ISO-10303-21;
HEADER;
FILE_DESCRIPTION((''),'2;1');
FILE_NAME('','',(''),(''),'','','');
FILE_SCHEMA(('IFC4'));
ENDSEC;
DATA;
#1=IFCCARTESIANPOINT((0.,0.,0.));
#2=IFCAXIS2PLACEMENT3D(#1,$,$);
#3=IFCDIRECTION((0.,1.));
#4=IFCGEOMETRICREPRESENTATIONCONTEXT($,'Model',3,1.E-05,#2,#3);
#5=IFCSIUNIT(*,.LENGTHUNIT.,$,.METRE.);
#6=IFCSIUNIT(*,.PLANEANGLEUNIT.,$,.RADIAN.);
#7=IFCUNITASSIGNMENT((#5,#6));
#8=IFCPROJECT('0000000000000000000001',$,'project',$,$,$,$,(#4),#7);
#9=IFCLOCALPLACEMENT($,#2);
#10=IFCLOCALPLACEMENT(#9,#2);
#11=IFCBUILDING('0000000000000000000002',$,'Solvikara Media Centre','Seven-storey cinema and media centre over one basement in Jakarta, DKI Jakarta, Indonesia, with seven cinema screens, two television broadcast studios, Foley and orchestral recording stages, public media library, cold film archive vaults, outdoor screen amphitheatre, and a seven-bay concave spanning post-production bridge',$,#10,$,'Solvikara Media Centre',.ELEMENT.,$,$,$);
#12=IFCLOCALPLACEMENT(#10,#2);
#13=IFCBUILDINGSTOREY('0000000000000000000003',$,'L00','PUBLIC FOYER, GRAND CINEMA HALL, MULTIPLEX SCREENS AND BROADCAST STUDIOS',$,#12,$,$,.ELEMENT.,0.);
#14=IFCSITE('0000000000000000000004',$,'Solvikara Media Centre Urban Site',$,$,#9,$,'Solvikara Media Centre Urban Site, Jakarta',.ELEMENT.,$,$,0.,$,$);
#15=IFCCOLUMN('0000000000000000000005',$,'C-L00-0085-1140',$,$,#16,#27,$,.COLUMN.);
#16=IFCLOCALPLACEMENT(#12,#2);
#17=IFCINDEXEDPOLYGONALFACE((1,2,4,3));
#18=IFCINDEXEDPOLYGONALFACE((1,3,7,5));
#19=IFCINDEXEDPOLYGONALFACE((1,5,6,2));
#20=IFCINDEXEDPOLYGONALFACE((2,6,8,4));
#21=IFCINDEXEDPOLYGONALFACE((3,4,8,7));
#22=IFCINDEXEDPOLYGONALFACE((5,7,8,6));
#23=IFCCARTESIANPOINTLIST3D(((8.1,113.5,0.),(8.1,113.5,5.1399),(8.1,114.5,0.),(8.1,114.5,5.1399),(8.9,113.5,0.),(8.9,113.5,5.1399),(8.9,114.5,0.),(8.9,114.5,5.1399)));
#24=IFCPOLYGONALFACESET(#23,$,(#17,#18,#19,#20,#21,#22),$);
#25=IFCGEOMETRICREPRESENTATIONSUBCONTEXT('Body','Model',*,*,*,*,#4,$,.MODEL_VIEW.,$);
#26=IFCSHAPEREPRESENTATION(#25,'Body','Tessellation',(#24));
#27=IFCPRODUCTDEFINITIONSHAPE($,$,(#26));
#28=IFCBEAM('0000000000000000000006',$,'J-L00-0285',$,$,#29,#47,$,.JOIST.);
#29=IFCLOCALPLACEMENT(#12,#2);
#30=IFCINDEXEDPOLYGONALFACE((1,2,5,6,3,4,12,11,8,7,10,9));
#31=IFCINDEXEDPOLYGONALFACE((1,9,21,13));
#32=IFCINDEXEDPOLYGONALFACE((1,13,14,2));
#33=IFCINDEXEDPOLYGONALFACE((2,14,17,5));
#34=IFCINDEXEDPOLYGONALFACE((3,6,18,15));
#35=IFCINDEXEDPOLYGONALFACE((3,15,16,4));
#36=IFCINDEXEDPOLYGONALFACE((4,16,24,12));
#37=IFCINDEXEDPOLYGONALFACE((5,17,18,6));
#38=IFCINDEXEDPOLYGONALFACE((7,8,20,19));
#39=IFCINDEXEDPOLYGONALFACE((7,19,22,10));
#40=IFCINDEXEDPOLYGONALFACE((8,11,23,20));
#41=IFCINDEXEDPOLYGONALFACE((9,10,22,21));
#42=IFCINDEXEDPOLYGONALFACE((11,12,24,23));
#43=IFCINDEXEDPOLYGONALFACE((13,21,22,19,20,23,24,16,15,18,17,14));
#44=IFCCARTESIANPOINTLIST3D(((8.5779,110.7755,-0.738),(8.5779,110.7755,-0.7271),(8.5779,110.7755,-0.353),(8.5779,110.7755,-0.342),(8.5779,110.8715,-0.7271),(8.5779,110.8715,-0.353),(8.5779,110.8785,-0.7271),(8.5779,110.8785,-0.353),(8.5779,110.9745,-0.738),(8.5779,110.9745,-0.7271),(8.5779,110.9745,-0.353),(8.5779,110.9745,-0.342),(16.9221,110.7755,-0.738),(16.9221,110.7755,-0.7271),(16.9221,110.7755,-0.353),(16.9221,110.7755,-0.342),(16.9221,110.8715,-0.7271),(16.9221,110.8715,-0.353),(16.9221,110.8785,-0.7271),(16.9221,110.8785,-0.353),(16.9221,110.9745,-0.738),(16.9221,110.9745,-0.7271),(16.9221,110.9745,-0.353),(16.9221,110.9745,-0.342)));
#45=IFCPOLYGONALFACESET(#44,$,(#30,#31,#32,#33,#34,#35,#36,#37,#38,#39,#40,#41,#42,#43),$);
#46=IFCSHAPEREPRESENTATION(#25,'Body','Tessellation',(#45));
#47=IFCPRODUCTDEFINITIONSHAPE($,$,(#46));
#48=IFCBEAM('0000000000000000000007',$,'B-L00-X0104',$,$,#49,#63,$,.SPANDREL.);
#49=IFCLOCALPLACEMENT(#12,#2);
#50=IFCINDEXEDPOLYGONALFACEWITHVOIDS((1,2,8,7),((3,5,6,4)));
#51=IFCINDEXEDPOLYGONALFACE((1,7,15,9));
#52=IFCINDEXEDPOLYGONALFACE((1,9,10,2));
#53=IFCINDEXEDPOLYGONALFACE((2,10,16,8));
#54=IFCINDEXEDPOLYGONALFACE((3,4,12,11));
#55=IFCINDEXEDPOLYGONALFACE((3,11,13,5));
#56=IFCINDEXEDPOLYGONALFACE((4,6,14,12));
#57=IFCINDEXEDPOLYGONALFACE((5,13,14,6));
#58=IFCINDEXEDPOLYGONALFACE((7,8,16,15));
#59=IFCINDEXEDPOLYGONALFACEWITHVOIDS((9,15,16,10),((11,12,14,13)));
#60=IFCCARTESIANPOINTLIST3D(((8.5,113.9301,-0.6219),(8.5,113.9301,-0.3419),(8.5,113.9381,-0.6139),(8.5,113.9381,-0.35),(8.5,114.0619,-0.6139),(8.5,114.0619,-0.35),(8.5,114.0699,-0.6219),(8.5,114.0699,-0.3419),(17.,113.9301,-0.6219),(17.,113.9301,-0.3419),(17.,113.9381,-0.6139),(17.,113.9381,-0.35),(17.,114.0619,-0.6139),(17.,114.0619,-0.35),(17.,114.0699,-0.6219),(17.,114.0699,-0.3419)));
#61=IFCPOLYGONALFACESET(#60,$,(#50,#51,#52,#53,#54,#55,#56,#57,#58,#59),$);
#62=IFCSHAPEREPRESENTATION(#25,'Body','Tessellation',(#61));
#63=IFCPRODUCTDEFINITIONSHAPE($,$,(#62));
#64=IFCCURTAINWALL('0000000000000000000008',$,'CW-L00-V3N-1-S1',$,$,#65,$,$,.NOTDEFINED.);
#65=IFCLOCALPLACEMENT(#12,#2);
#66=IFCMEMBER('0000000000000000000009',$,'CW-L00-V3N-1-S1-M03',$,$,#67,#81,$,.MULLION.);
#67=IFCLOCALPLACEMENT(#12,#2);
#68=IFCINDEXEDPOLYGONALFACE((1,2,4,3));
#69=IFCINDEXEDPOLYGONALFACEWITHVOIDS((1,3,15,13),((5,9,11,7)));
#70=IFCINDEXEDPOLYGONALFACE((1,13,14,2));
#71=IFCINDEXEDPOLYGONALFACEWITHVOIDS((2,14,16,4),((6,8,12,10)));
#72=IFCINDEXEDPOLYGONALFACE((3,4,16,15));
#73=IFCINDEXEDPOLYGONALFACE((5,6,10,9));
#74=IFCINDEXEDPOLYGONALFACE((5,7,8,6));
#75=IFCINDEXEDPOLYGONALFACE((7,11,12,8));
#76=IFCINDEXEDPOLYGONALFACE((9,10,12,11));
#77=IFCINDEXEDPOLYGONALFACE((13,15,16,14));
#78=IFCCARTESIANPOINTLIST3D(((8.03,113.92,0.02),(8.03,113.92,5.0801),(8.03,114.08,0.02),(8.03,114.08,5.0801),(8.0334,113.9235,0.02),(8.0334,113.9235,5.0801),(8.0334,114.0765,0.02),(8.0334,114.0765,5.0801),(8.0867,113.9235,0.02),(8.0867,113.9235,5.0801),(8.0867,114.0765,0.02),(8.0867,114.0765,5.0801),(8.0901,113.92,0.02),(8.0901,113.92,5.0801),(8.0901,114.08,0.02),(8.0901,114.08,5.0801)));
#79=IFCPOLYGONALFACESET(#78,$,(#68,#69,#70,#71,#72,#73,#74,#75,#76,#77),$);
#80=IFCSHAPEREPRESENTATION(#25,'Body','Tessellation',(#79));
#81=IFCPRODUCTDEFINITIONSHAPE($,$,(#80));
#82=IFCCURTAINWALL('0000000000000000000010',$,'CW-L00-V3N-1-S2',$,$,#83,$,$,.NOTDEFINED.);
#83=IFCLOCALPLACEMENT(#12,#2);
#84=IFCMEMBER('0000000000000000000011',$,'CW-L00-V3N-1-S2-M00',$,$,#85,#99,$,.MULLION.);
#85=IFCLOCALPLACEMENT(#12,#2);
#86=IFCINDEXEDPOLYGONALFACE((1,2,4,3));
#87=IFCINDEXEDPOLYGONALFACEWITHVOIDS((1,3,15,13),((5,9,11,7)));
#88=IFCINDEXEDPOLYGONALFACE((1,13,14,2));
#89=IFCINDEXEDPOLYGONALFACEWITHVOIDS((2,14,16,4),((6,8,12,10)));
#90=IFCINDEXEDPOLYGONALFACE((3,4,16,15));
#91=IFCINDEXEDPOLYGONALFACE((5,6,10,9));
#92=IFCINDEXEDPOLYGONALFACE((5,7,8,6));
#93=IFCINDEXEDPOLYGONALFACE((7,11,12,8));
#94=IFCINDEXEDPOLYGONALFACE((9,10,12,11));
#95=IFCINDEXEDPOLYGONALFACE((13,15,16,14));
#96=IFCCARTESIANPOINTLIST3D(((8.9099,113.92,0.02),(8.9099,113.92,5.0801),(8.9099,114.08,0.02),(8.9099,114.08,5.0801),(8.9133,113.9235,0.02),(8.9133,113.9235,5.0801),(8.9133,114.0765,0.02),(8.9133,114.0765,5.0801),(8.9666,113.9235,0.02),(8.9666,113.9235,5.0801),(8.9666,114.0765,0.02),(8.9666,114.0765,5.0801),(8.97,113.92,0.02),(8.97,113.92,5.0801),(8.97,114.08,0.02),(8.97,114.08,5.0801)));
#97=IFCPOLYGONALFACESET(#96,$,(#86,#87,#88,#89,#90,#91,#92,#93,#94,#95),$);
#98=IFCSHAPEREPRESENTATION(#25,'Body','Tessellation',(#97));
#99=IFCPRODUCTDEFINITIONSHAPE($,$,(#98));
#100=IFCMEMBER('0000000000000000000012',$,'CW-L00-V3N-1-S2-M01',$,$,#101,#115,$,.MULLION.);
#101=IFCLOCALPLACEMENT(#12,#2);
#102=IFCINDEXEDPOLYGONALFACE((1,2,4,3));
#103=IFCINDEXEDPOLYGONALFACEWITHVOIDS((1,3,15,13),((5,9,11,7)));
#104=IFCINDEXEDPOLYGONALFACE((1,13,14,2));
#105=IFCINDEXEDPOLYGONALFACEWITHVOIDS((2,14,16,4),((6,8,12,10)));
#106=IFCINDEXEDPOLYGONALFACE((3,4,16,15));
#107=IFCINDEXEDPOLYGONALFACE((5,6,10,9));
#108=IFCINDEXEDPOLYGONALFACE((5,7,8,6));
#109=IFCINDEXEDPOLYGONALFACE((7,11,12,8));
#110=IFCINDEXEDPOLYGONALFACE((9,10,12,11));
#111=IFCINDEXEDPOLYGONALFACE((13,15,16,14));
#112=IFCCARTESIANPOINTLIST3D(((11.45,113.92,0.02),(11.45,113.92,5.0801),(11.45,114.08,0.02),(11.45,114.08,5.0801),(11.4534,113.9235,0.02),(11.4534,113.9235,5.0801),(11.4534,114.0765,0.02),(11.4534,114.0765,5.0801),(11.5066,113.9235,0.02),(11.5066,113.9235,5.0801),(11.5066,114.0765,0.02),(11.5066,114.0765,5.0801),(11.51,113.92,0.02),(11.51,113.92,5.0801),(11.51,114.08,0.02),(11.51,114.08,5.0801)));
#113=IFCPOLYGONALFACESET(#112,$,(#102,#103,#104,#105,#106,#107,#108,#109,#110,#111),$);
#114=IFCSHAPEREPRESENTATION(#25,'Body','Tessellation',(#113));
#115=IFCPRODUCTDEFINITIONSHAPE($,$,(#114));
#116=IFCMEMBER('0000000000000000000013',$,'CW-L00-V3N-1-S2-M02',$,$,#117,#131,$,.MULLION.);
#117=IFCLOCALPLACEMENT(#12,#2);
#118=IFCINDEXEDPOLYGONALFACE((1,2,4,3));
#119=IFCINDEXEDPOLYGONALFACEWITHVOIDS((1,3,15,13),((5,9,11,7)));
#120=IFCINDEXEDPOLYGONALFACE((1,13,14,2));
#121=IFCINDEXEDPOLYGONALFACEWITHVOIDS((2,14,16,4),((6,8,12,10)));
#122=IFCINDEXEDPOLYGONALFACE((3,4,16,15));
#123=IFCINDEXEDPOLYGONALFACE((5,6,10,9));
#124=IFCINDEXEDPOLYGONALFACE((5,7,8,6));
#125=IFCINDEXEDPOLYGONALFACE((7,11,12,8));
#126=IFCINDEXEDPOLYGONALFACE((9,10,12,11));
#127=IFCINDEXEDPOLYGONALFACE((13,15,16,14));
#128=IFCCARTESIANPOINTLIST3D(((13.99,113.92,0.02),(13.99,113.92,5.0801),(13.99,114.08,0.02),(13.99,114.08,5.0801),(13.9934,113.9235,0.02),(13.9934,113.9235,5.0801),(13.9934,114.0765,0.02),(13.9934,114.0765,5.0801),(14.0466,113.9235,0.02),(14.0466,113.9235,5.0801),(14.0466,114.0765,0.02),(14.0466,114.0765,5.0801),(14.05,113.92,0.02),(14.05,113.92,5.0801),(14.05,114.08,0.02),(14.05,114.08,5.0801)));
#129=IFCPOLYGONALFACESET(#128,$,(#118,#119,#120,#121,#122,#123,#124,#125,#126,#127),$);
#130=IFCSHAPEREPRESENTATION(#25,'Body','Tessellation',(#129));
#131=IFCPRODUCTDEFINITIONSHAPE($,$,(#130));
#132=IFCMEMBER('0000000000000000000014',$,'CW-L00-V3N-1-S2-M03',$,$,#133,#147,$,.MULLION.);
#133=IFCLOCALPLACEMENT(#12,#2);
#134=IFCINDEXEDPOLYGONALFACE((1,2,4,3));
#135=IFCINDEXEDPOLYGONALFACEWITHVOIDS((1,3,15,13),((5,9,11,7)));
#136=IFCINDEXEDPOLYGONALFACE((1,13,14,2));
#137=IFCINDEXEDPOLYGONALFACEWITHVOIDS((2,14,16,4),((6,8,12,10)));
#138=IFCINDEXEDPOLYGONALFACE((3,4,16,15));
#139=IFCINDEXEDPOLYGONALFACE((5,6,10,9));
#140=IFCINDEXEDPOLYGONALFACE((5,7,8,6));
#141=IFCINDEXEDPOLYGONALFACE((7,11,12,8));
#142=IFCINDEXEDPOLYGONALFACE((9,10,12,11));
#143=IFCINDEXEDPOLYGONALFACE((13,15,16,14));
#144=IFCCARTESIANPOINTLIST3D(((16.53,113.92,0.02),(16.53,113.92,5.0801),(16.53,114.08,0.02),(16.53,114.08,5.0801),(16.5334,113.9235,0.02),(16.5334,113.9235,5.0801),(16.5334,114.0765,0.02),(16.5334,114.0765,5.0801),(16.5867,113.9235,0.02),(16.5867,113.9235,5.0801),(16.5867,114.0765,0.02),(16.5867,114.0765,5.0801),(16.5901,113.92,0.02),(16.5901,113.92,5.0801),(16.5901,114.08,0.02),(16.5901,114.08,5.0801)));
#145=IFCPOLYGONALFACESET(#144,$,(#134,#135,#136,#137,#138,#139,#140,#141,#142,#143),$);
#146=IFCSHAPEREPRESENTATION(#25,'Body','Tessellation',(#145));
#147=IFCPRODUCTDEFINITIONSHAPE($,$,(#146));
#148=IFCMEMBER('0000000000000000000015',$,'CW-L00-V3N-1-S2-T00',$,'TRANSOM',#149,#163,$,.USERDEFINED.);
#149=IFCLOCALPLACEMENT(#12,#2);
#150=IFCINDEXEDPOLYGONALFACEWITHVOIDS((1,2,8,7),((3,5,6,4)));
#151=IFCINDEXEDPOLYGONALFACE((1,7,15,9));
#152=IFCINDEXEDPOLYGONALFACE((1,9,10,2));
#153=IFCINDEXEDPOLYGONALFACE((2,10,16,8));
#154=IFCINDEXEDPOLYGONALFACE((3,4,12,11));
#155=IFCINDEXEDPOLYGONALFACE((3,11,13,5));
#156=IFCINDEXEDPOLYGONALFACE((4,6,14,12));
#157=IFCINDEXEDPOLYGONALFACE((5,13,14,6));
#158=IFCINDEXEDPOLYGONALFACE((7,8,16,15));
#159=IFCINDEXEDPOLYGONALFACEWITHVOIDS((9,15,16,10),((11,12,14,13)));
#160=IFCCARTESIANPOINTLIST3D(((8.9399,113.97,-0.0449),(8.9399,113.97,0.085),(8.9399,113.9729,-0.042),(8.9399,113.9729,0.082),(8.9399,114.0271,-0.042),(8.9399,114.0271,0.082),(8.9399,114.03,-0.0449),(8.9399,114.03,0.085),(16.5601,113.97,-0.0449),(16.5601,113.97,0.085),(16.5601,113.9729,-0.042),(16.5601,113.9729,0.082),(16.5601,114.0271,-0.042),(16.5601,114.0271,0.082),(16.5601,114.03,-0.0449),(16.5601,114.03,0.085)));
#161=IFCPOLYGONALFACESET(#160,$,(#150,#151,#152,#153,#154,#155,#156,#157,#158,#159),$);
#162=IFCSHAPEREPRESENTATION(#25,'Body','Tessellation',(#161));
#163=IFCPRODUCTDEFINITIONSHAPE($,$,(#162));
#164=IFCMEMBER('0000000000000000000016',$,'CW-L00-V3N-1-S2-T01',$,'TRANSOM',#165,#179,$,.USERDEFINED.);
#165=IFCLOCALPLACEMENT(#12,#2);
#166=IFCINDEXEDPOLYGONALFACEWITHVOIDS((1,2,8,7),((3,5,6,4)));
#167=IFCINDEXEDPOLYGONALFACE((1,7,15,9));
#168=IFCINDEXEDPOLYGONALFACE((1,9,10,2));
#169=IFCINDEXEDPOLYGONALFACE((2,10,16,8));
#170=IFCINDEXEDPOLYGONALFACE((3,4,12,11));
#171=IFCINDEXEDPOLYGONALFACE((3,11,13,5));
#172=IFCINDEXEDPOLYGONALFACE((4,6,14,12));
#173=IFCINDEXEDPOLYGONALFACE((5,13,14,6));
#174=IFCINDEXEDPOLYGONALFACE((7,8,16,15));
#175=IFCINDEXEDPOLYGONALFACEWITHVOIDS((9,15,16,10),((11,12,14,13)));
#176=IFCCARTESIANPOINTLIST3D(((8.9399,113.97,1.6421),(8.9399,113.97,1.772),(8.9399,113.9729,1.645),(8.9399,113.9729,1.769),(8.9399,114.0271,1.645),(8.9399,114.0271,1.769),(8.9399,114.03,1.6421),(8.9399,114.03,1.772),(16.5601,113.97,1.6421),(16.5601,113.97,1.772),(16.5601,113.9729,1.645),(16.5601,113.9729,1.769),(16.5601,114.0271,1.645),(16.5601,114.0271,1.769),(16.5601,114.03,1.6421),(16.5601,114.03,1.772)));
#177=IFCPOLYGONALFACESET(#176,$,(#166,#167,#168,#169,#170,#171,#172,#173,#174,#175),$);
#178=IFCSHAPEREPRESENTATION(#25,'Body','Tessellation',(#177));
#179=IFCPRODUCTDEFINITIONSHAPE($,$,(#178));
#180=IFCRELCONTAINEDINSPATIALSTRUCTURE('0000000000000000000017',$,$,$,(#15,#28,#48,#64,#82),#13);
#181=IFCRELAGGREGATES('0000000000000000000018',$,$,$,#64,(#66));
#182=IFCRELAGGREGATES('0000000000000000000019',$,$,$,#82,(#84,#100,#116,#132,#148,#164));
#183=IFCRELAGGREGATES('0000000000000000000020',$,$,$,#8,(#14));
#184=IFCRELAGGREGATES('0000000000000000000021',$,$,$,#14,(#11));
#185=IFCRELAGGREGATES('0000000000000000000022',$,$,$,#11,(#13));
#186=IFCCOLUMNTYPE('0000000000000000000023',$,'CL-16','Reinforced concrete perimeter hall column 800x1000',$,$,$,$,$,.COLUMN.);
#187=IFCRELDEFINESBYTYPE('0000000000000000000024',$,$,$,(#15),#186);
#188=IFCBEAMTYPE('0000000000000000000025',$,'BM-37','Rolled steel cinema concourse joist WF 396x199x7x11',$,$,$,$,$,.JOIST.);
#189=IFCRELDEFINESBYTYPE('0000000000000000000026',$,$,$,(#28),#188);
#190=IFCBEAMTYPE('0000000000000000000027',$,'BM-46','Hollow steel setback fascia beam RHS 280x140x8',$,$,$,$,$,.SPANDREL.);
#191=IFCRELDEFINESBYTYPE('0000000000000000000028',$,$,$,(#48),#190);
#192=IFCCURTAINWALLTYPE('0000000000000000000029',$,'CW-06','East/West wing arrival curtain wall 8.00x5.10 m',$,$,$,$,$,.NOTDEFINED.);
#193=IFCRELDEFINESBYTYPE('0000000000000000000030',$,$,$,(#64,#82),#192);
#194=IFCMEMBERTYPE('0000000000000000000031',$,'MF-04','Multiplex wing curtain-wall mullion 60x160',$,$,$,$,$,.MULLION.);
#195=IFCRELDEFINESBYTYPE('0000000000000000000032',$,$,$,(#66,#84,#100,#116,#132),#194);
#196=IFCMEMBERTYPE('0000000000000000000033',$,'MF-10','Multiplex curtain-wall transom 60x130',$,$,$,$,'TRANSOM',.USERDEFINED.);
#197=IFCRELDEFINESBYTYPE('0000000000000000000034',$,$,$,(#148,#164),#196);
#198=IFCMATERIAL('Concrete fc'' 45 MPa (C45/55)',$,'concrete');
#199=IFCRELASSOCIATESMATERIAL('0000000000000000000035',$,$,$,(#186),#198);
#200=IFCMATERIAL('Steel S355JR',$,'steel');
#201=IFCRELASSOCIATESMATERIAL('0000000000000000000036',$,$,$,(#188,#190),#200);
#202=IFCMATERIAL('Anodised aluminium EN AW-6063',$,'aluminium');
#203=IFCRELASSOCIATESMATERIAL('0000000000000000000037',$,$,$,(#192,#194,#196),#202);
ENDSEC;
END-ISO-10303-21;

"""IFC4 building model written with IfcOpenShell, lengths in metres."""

from ifc_helpers import new_model, si_unit, direction, frame, origin, origin_2d, place, context, subcontext, project, spatial, rectangle, hollow_rectangle, i_section, extrude, material, material_profile, profile_set, type_object, element, aggregate, save


model = new_model("IFC4")

# Units and contexts
model_context = context("Model", 3, precision=1e-05, world=origin(), true_north=direction((0.0, 1.0)))
body_context = subcontext(model_context, "Body", "Model", "MODEL_VIEW")
ifc_project = project(units=[si_unit("LENGTHUNIT", "METRE"), si_unit("PLANEANGLEUNIT", "RADIAN")], contexts=[model_context])

# Site, building, storey
site_placement = place(None, origin())
site = spatial("IfcSite", under=ifc_project, at=site_placement, Name="Solvikara Media Centre Urban Site", LongName="Solvikara Media Centre Urban Site, Jakarta", CompositionType="ELEMENT", RefElevation=0.0)
building_placement = place(site_placement, origin())
building = spatial("IfcBuilding", under=site, at=building_placement, Name="Solvikara Media Centre", Description="Seven-storey cinema and media centre over one basement in Jakarta, DKI Jakarta, Indonesia, with seven cinema screens, two television broadcast studios, Foley and orchestral recording stages, public media library, cold film archive vaults, outdoor screen amphitheatre, and a seven-bay concave spanning post-production bridge", LongName="Solvikara Media Centre", CompositionType="ELEMENT")
storey_placement = place(building_placement, origin())
storey = spatial("IfcBuildingStorey", under=building, at=storey_placement, Name="L00", Description="PUBLIC FOYER, GRAND CINEMA HALL, MULTIPLEX SCREENS AND BROADCAST STUDIOS", CompositionType="ELEMENT", Elevation=0.0)

# Column
ifc_material_1 = material(Name="Concrete fc' 45 MPa (C45/55)", Category="concrete")
ifc_material_profile_1 = material_profile(ifc_material_1, rectangle(XDim=0.8, YDim=1.0, at=origin_2d()), Name="RC 800x1000")
ifc_profile_set_1 = profile_set([ifc_material_profile_1], Name="Concrete fc' 45 MPa (C45/55)")
column_type = type_object("IfcColumnType", Name="CL-16", Description="Reinforced concrete perimeter hall column 800x1000", PredefinedType="COLUMN", material=ifc_profile_set_1)
column_placement = place(storey_placement, frame((8.5, 114.0, 0.0), z_axis=(0.0, 0.0, 1.0), x_axis=(1.0, 0.0, 0.0)))
element("IfcColumn", 1, at=column_placement, inside=storey, type_object=column_type, Name="C-L00-0085-1140", PredefinedType="COLUMN", context=body_context, shape_type="SweptSolid", body=[
    extrude(rectangle(XDim=0.8, YDim=1.0, at=origin_2d()), origin(), (0.0, 0.0, 1.0), 5.1399),
])

# Beams
ifc_material_2 = material(Name="Steel S355JR", Category="steel")
ifc_material_profile_2 = material_profile(ifc_material_2, i_section(OverallWidth=0.199, OverallDepth=0.396, WebThickness=0.0071, FlangeThickness=0.011, at=origin_2d()), Name="WF 396x199x7x11")
ifc_profile_set_2 = profile_set([ifc_material_profile_2], Name="Steel S355JR")
beam_type_1 = type_object("IfcBeamType", Name="BM-37", Description="Rolled steel cinema concourse joist WF 396x199x7x11", PredefinedType="JOIST", material=ifc_profile_set_2)
beam_1_placement = place(storey_placement, frame((8.5779, 110.875, -0.54), z_axis=(1.0, 0.0, 0.0), x_axis=(0.0, 1.0, 0.0)))
element("IfcBeam", 2, at=beam_1_placement, inside=storey, type_object=beam_type_1, Name="J-L00-0285", PredefinedType="JOIST", context=body_context, shape_type="SweptSolid", body=[
    extrude(i_section(OverallWidth=0.199, OverallDepth=0.396, WebThickness=0.0071, FlangeThickness=0.011, at=origin_2d()), origin(), (0.0, 0.0, 1.0), 8.3442),
])
ifc_material_profile_3 = material_profile(ifc_material_2, hollow_rectangle(XDim=0.1399, YDim=0.28, WallThickness=0.0081, at=origin_2d()), Name="RHS 280x140x8")
ifc_profile_set_3 = profile_set([ifc_material_profile_3], Name="Steel S355JR")
beam_type_2 = type_object("IfcBeamType", Name="BM-46", Description="Hollow steel setback fascia beam RHS 280x140x8", PredefinedType="SPANDREL", material=ifc_profile_set_3)
beam_2_placement = place(storey_placement, frame((8.5, 114.0, -0.4819), z_axis=(1.0, 0.0, 0.0), x_axis=(0.0, 1.0, 0.0)))
element("IfcBeam", 3, at=beam_2_placement, inside=storey, type_object=beam_type_2, Name="B-L00-X0104", PredefinedType="SPANDREL", context=body_context, shape_type="SweptSolid", body=[
    extrude(hollow_rectangle(XDim=0.1399, YDim=0.28, WallThickness=0.0081, at=origin_2d()), origin(), (0.0, 0.0, 1.0), 8.5),
])

# Curtain wall, member
ifc_material_3 = material(Name="Anodised aluminium EN AW-6063", Category="aluminium")
curtain_wall_type = type_object("IfcCurtainWallType", Name="CW-06", Description="East/West wing arrival curtain wall 8.00x5.10 m", PredefinedType="NOTDEFINED", material=ifc_material_3)
curtain_wall_1_placement = place(storey_placement, origin())
curtain_wall_1 = element("IfcCurtainWall", 4, at=curtain_wall_1_placement, inside=storey, type_object=curtain_wall_type, Name="CW-L00-V3N-1-S1", PredefinedType="NOTDEFINED")
ifc_material_profile_4 = material_profile(ifc_material_3, hollow_rectangle(XDim=0.0601, YDim=0.1599, WallThickness=0.0034, at=origin_2d()), Name="ALU-M 60x160x3.5")
ifc_profile_set_4 = profile_set([ifc_material_profile_4], Name="Anodised aluminium EN AW-6063")
member_type_1 = type_object("IfcMemberType", Name="MF-04", Description="Multiplex wing curtain-wall mullion 60x160", PredefinedType="MULLION", material=ifc_profile_set_4)
member_1_placement = place(storey_placement, frame((8.0601, 114.0, 0.02), z_axis=(0.0, 0.0, 1.0), x_axis=(1.0, 0.0, 0.0)))
member_1 = element("IfcMember", 5, at=member_1_placement, type_object=member_type_1, Name="CW-L00-V3N-1-S1-M03", PredefinedType="MULLION", context=body_context, shape_type="SweptSolid", body=[
    extrude(hollow_rectangle(XDim=0.0601, YDim=0.1599, WallThickness=0.0034, at=origin_2d()), origin(), (0.0, 0.0, 1.0), 5.0601),
])

# Curtain wall, members
curtain_wall_2_placement = place(storey_placement, origin())
curtain_wall_2 = element("IfcCurtainWall", 6, at=curtain_wall_2_placement, inside=storey, type_object=curtain_wall_type, Name="CW-L00-V3N-1-S2", PredefinedType="NOTDEFINED")
member_2_placement = place(storey_placement, frame((8.9399, 114.0, 0.02), z_axis=(0.0, 0.0, 1.0), x_axis=(1.0, 0.0, 0.0)))
member_2 = element("IfcMember", 7, at=member_2_placement, type_object=member_type_1, Name="CW-L00-V3N-1-S2-M00", PredefinedType="MULLION", context=body_context, shape_type="SweptSolid", body=[
    extrude(hollow_rectangle(XDim=0.0601, YDim=0.1599, WallThickness=0.0034, at=origin_2d()), origin(), (0.0, 0.0, 1.0), 5.0601),
])
member_3_placement = place(storey_placement, frame((11.48, 114.0, 0.02), z_axis=(0.0, 0.0, 1.0), x_axis=(1.0, 0.0, 0.0)))
member_3 = element("IfcMember", 8, at=member_3_placement, type_object=member_type_1, Name="CW-L00-V3N-1-S2-M01", PredefinedType="MULLION", context=body_context, shape_type="SweptSolid", body=[
    extrude(hollow_rectangle(XDim=0.0601, YDim=0.1599, WallThickness=0.0034, at=origin_2d()), origin(), (0.0, 0.0, 1.0), 5.0601),
])
member_4_placement = place(storey_placement, frame((14.02, 114.0, 0.02), z_axis=(0.0, 0.0, 1.0), x_axis=(1.0, 0.0, 0.0)))
member_4 = element("IfcMember", 9, at=member_4_placement, type_object=member_type_1, Name="CW-L00-V3N-1-S2-M02", PredefinedType="MULLION", context=body_context, shape_type="SweptSolid", body=[
    extrude(hollow_rectangle(XDim=0.0601, YDim=0.1599, WallThickness=0.0034, at=origin_2d()), origin(), (0.0, 0.0, 1.0), 5.0601),
])
member_5_placement = place(storey_placement, frame((16.5601, 114.0, 0.02), z_axis=(0.0, 0.0, 1.0), x_axis=(1.0, 0.0, 0.0)))
member_5 = element("IfcMember", 10, at=member_5_placement, type_object=member_type_1, Name="CW-L00-V3N-1-S2-M03", PredefinedType="MULLION", context=body_context, shape_type="SweptSolid", body=[
    extrude(hollow_rectangle(XDim=0.0601, YDim=0.1599, WallThickness=0.0034, at=origin_2d()), origin(), (0.0, 0.0, 1.0), 5.0601),
])
ifc_material_profile_5 = material_profile(ifc_material_3, hollow_rectangle(XDim=0.0601, YDim=0.1299, WallThickness=0.0029, at=origin_2d()), Name="ALU-T 60x130x3")
ifc_profile_set_5 = profile_set([ifc_material_profile_5], Name="Anodised aluminium EN AW-6063")
member_type_2 = type_object("IfcMemberType", Name="MF-10", Description="Multiplex curtain-wall transom 60x130", ElementType="TRANSOM", PredefinedType="USERDEFINED", material=ifc_profile_set_5)
member_6_placement = place(storey_placement, frame((8.9399, 114.0, 0.02), z_axis=(1.0, 0.0, 0.0), x_axis=(0.0, 1.0, 0.0)))
member_6 = element("IfcMember", 11, at=member_6_placement, type_object=member_type_2, Name="CW-L00-V3N-1-S2-T00", ObjectType="TRANSOM", PredefinedType="USERDEFINED", context=body_context, shape_type="SweptSolid", body=[
    extrude(hollow_rectangle(XDim=0.0601, YDim=0.1299, WallThickness=0.0029, at=origin_2d()), origin(), (0.0, 0.0, 1.0), 7.6201),
])
member_7_placement = place(storey_placement, frame((8.9399, 114.0, 1.707), z_axis=(1.0, 0.0, 0.0), x_axis=(0.0, 1.0, 0.0)))
member_7 = element("IfcMember", 12, at=member_7_placement, type_object=member_type_2, Name="CW-L00-V3N-1-S2-T01", ObjectType="TRANSOM", PredefinedType="USERDEFINED", context=body_context, shape_type="SweptSolid", body=[
    extrude(hollow_rectangle(XDim=0.0601, YDim=0.1299, WallThickness=0.0029, at=origin_2d()), origin(), (0.0, 0.0, 1.0), 7.6201),
])

aggregate(curtain_wall_1, [member_1])
aggregate(curtain_wall_2, [member_2, member_3, member_4, member_5, member_6, member_7])

save(model, "model.ifc")
